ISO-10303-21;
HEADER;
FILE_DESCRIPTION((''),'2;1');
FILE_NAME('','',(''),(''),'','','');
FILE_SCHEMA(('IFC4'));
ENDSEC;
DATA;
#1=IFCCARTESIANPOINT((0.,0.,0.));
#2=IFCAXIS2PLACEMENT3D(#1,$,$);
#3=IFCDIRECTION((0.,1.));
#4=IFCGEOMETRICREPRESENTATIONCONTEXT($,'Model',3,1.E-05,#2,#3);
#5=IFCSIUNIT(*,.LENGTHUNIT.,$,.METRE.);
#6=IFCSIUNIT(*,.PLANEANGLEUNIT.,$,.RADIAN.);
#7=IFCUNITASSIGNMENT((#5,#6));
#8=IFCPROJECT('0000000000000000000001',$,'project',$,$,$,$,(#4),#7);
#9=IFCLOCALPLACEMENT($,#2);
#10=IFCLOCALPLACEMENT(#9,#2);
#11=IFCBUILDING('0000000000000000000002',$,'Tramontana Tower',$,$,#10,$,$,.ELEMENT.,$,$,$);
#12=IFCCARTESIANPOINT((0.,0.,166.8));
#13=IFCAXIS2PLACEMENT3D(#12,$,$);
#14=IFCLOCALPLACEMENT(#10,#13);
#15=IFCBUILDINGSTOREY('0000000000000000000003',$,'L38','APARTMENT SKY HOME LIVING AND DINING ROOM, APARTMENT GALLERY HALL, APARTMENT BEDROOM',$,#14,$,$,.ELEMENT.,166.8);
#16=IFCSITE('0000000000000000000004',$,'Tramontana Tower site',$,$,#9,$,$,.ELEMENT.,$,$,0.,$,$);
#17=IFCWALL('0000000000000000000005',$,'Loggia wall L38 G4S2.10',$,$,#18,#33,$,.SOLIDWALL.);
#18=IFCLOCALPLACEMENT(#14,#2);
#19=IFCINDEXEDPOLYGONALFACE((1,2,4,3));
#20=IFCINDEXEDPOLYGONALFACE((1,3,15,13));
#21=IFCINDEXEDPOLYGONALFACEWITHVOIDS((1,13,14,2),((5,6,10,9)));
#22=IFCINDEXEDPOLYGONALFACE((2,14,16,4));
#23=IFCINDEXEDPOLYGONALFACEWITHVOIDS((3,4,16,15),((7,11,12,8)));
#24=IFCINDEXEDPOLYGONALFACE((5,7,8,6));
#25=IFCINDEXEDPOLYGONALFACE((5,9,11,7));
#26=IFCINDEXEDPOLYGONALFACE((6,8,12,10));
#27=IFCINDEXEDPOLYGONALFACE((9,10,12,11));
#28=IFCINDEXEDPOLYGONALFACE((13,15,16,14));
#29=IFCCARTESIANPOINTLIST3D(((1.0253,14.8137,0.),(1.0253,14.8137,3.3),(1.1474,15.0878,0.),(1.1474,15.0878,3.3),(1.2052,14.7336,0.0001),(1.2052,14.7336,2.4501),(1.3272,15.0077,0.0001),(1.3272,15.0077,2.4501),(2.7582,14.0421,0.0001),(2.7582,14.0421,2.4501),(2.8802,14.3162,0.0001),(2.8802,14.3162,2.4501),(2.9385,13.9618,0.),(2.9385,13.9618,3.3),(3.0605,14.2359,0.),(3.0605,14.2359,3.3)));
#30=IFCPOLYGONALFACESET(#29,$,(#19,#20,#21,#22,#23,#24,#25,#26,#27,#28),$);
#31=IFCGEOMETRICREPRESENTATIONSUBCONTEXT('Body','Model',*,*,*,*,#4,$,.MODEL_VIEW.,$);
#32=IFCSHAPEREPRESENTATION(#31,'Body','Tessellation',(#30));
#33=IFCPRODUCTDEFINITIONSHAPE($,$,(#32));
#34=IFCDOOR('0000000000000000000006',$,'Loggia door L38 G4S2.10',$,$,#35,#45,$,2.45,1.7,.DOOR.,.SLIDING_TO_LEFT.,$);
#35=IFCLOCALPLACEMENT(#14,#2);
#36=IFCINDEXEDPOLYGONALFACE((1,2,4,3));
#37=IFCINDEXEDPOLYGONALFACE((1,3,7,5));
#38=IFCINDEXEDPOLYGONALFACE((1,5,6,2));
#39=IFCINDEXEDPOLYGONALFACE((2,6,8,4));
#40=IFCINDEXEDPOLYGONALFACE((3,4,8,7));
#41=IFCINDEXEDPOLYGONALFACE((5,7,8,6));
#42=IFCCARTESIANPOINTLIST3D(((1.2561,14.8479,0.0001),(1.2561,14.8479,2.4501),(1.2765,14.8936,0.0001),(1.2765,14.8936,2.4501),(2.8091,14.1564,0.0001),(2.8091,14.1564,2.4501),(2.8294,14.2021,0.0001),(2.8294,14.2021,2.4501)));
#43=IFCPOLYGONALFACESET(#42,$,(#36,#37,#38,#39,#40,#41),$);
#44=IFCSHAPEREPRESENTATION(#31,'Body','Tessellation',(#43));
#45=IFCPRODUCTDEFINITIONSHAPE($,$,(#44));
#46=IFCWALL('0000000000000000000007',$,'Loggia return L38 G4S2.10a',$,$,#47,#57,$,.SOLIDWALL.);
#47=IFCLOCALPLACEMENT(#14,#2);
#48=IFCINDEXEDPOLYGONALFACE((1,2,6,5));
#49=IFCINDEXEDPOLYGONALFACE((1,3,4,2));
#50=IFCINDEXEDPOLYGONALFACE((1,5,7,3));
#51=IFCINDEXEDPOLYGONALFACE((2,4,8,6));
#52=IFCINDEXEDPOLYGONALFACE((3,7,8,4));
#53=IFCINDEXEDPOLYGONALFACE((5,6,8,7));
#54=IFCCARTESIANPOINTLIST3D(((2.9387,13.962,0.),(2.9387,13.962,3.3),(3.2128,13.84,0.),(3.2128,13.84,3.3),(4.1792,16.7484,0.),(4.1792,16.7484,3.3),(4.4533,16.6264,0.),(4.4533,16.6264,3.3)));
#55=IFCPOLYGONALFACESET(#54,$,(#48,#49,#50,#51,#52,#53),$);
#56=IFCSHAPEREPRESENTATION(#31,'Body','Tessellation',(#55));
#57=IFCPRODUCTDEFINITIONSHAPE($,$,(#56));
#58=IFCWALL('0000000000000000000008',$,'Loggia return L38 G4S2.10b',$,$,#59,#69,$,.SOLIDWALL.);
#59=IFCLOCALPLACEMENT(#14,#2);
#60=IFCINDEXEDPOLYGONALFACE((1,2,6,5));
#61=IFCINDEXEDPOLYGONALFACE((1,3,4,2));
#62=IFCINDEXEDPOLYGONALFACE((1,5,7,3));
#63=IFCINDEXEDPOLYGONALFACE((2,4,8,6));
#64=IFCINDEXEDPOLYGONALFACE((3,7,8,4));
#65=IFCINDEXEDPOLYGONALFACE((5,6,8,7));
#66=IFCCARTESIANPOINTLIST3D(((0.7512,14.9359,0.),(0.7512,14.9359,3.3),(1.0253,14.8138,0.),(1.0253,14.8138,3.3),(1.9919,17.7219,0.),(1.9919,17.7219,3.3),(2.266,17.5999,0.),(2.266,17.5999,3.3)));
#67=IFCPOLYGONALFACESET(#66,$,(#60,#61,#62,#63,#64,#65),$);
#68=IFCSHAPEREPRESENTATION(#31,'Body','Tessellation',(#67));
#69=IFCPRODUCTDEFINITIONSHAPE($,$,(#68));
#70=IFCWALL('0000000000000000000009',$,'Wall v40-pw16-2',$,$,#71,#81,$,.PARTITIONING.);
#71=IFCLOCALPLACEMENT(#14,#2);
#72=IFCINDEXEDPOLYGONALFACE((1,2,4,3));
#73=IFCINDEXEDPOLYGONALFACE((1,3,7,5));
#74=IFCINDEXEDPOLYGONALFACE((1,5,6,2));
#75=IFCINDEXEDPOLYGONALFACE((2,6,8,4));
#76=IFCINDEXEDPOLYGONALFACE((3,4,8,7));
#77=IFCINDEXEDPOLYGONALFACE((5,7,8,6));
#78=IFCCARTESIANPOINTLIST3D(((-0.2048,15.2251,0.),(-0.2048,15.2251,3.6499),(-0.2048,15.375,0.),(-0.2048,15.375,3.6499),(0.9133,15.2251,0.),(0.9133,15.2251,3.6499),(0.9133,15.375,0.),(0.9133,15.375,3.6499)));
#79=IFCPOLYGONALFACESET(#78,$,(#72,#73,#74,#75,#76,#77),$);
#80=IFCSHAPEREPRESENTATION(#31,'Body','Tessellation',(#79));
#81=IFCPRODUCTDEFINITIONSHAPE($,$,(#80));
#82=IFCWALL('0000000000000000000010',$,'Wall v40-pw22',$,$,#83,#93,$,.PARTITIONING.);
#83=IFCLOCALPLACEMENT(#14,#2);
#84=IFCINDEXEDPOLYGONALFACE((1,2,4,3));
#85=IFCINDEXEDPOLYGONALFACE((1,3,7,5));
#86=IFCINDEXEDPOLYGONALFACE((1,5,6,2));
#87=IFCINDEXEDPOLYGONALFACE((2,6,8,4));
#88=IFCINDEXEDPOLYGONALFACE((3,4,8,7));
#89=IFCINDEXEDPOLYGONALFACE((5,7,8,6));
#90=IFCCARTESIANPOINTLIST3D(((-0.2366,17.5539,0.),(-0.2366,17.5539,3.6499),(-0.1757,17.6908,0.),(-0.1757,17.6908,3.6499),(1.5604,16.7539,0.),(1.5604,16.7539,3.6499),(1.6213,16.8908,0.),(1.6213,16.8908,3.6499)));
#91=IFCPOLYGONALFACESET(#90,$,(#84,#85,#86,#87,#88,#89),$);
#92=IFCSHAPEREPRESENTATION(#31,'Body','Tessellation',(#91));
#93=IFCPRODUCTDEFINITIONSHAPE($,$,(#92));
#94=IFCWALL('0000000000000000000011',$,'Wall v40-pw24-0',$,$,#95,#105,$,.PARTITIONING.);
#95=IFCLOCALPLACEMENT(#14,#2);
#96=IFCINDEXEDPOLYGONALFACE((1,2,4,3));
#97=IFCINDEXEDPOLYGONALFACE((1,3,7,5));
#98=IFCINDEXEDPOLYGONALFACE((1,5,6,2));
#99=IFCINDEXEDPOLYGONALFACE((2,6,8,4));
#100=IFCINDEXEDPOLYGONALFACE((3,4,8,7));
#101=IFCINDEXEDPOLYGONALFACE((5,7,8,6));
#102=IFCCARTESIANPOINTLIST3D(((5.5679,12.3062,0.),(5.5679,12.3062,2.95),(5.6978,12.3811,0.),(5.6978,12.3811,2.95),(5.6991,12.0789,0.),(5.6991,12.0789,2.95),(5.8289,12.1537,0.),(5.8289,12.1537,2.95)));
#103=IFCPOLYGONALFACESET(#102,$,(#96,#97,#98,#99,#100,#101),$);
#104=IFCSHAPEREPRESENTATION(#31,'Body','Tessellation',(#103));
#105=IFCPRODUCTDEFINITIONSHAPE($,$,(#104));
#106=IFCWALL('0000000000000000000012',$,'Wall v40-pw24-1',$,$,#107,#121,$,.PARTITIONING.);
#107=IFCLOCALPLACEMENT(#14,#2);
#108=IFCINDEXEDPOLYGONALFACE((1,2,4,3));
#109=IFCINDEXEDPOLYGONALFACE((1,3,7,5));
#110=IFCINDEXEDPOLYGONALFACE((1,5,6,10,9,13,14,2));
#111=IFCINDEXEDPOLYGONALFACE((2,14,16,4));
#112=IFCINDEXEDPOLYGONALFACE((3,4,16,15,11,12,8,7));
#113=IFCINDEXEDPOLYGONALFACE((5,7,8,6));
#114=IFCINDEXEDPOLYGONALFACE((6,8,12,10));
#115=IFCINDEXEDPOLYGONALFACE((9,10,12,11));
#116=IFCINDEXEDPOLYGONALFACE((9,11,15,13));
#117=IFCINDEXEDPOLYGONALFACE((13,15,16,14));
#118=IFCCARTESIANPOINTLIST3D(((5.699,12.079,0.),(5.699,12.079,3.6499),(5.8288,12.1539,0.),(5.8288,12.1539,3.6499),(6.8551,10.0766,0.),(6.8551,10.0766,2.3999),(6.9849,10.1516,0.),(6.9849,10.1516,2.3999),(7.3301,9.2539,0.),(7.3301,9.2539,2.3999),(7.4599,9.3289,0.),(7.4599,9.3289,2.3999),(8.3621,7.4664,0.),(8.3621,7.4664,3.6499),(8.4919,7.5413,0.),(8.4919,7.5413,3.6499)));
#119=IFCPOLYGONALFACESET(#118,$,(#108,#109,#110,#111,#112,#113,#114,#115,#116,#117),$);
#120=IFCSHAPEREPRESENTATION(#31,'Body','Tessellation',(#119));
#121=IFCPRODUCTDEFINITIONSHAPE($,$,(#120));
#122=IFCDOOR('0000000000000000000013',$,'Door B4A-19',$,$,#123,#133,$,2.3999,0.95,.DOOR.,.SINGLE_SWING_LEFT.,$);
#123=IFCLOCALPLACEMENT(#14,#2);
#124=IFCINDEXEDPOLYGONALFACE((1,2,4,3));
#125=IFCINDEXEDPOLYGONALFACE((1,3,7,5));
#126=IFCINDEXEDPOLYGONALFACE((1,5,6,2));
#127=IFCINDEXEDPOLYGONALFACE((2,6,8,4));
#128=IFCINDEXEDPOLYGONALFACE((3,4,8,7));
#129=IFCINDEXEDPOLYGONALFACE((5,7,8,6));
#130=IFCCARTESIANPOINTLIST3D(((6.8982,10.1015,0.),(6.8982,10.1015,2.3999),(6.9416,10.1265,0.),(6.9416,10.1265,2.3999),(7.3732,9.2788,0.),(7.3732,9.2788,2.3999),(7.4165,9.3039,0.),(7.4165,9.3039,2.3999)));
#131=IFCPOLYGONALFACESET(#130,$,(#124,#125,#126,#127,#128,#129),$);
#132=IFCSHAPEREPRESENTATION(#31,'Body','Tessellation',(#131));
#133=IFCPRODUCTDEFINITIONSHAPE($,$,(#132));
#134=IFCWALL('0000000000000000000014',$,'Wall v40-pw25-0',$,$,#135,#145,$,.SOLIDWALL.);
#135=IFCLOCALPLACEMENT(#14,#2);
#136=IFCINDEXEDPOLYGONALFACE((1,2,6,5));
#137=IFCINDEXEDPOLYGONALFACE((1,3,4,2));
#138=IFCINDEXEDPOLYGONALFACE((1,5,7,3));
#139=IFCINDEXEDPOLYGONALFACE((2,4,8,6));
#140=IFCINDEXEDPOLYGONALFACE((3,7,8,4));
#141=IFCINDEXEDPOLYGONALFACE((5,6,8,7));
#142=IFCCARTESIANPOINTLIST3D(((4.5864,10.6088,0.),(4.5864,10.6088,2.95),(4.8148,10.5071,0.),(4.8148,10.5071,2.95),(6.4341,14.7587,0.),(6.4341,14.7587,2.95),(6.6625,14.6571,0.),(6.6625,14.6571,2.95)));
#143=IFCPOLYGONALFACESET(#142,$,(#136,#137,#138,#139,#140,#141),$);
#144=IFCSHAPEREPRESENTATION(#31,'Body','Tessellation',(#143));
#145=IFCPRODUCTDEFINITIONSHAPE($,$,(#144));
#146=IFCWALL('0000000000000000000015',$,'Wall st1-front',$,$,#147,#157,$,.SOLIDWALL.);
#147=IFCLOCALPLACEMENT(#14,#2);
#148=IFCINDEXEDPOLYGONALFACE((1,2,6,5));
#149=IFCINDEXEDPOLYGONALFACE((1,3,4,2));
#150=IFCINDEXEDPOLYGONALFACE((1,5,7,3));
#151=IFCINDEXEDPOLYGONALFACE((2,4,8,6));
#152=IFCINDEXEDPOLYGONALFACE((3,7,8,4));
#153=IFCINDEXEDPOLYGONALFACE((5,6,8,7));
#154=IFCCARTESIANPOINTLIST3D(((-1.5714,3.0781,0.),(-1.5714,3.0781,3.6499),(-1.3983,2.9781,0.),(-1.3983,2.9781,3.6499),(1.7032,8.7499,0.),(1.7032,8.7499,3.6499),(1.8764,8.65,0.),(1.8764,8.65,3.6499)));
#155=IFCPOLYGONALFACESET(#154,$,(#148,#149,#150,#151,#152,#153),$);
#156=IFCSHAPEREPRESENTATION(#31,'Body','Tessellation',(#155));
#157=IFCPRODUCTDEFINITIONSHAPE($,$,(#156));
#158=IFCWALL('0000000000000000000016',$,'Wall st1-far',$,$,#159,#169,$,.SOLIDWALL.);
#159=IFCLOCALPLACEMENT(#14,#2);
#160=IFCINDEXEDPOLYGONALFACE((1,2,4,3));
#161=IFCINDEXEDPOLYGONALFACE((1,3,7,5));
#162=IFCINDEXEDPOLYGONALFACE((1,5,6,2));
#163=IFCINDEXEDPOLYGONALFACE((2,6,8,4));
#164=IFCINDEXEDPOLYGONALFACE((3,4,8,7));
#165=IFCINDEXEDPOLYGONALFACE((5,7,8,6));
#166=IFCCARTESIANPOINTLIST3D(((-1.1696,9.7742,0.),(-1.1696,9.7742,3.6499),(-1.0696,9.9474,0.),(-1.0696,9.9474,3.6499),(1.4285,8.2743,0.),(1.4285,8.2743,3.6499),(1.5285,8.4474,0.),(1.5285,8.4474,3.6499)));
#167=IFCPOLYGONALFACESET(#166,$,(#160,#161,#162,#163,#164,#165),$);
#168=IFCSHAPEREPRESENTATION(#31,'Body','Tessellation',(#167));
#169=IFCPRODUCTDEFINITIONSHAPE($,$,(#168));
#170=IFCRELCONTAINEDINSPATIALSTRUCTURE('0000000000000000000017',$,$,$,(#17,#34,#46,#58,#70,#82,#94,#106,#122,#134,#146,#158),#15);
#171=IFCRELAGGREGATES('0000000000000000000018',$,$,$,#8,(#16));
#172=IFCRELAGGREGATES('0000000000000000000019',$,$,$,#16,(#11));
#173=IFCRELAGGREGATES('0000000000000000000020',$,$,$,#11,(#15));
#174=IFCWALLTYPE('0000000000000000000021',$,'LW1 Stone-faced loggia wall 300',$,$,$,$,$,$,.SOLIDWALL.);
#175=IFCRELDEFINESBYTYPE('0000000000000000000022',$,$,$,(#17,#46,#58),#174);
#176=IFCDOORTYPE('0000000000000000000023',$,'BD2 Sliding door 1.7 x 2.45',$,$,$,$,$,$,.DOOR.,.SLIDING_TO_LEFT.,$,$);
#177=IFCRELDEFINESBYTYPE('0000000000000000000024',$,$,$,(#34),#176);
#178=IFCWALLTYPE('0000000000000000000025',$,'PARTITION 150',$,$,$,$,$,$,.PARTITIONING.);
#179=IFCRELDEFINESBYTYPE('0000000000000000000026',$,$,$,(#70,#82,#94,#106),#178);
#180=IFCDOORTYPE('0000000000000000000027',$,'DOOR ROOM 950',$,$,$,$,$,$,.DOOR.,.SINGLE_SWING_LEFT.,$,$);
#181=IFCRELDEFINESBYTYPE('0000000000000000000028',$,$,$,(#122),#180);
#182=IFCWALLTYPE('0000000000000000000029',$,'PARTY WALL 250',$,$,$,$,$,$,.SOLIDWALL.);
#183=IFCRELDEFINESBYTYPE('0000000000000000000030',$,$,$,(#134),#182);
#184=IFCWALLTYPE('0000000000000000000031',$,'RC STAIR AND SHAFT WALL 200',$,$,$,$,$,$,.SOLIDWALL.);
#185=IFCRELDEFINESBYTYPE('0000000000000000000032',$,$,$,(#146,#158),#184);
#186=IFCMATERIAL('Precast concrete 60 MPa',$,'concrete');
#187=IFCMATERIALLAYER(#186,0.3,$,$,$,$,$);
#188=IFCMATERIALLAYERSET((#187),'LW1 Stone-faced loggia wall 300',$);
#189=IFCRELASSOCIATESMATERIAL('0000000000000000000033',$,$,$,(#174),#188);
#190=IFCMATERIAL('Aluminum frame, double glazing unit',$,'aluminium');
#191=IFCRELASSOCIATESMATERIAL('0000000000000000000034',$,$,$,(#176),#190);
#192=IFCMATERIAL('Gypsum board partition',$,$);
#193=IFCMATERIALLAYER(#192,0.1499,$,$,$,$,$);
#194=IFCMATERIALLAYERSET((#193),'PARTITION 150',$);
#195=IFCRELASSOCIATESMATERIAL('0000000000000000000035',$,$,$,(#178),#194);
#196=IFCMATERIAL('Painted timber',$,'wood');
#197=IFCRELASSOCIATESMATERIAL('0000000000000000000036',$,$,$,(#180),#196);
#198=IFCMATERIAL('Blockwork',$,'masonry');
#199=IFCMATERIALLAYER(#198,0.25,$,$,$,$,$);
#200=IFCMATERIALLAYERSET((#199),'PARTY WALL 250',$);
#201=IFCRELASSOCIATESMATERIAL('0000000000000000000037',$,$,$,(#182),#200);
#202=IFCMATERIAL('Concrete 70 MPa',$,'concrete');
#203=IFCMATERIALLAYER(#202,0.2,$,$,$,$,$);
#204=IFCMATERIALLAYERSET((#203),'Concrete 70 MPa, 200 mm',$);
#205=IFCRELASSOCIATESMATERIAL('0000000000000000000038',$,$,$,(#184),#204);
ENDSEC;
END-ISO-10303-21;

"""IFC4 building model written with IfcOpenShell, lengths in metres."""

from ifc_helpers import new_model, si_unit, direction, frame, frame_2d, origin, place, context, subcontext, project, spatial, rectangle, extrude, material, layer, layer_set, type_object, element, fill, save


model = new_model("IFC4")

# Units and contexts
model_context = context("Model", 3, precision=1e-05, world=origin(), true_north=direction((0.0, 1.0)))
body_context = subcontext(model_context, "Body", "Model", "MODEL_VIEW")
ifc_project = project(units=[si_unit("LENGTHUNIT", "METRE"), si_unit("PLANEANGLEUNIT", "RADIAN")], contexts=[model_context])

# Site, building, storey
site_placement = place(None, origin())
site = spatial("IfcSite", under=ifc_project, at=site_placement, Name="Tramontana Tower site", CompositionType="ELEMENT", RefElevation=0.0)
building_placement = place(site_placement, origin())
building = spatial("IfcBuilding", under=site, at=building_placement, Name="Tramontana Tower", CompositionType="ELEMENT")
storey_placement = place(building_placement, frame((0.0, 0.0, 166.8)))
storey = spatial("IfcBuildingStorey", under=building, at=storey_placement, Name="L38", Description="APARTMENT SKY HOME LIVING AND DINING ROOM, APARTMENT GALLERY HALL, APARTMENT BEDROOM", CompositionType="ELEMENT", Elevation=166.8)

# Wall, opening, door
ifc_material_1 = material(Name="Precast concrete 60 MPa", Category="concrete")
ifc_layer_1 = layer(ifc_material_1, 0.3)
ifc_layer_set_1 = layer_set([ifc_layer_1], Name="LW1 Stone-faced loggia wall 300")
wall_type_1 = type_object("IfcWallType", Name="LW1 Stone-faced loggia wall 300", PredefinedType="SOLIDWALL", material=ifc_layer_set_1)
wall_1_placement = place(storey_placement, frame((2.9995, 14.0989, 0.0), z_axis=(0.0, 0.0, 1.0), x_axis=(-0.913537, 0.406755, 0.0)))
wall_1 = element("IfcWall", 1, at=wall_1_placement, inside=storey, type_object=wall_type_1, Name="Loggia wall L38 G4S2.10", PredefinedType="SOLIDWALL", context=body_context, shape_type="SweptSolid", body=[
    extrude(rectangle(XDim=2.0942, YDim=0.3, at=frame_2d((1.0471, 0.0))), origin(), (0.0, 0.0, 1.0), 3.3),
])
opening_1_placement = place(wall_1_placement, frame((0.1973, 0.0, 0.0)))
opening_1 = element("IfcOpeningElement", 2, at=opening_1_placement, cuts=wall_1, PredefinedType="OPENING", context=body_context, shape_type="SweptSolid", body=[
    extrude(rectangle(XDim=1.7, YDim=2.45, at=frame_2d((0.8501, 1.2251))), frame((0.0, 0.1599, 0.0), z_axis=(0.0, -1.0, 0.0), x_axis=(1.0, 0.0, 0.0)), (0.0, 0.0, 1.0), 0.3201),
])
ifc_material_2 = material(Name="Aluminum frame, double glazing unit", Category="aluminium")
door_type_1 = type_object("IfcDoorType", Name="BD2 Sliding door 1.7 x 2.45", OperationType="SLIDING_TO_LEFT", PredefinedType="DOOR", material=ifc_material_2)
door_1_placement = place(opening_1_placement, origin())
door_1 = element("IfcDoor", 3, at=door_1_placement, inside=storey, type_object=door_type_1, Name="Loggia door L38 G4S2.10", OperationType="SLIDING_TO_LEFT", OverallHeight=2.45, OverallWidth=1.7, PredefinedType="DOOR", context=body_context, shape_type="SweptSolid", body=[
    extrude(rectangle(XDim=1.7, YDim=2.45, at=frame_2d((0.8501, 1.2251))), frame((0.0, 0.0249, 0.0), z_axis=(0.0, -1.0, 0.0), x_axis=(1.0, 0.0, 0.0)), (0.0, 0.0, 1.0), 0.05),
])
fill(opening_1, door_1)

# Walls
wall_2_placement = place(storey_placement, frame((4.3162, 16.6873, 0.0), z_axis=(0.0, 0.0, 1.0), x_axis=(-0.40671, -0.913557, 0.0)))
element("IfcWall", 4, at=wall_2_placement, inside=storey, type_object=wall_type_1, Name="Loggia return L38 G4S2.10a", PredefinedType="SOLIDWALL", context=body_context, shape_type="SweptSolid", body=[
    extrude(rectangle(XDim=3.05, YDim=0.3, at=frame_2d((1.5249, 0.0))), origin(), (0.0, 0.0, 1.0), 3.3),
])
wall_3_placement = place(storey_placement, frame((2.1289, 17.6609, 0.0), z_axis=(0.0, 0.0, 1.0), x_axis=(-0.406807, -0.913514, 0.0)))
element("IfcWall", 5, at=wall_3_placement, inside=storey, type_object=wall_type_1, Name="Loggia return L38 G4S2.10b", PredefinedType="SOLIDWALL", context=body_context, shape_type="SweptSolid", body=[
    extrude(rectangle(XDim=3.0498, YDim=0.3, at=frame_2d((1.5249, 0.0))), origin(), (0.0, 0.0, 1.0), 3.3),
])
ifc_material_3 = material(Name="Gypsum board partition")
ifc_layer_2 = layer(ifc_material_3, 0.1499)
ifc_layer_set_2 = layer_set([ifc_layer_2], Name="PARTITION 150")
wall_type_2 = type_object("IfcWallType", Name="PARTITION 150", PredefinedType="PARTITIONING", material=ifc_layer_set_2)
wall_4_placement = place(storey_placement, frame((-0.2048, 15.3, 0.0), z_axis=(0.0, 0.0, 1.0), x_axis=(1.0, 0.0, 0.0)))
element("IfcWall", 6, at=wall_4_placement, inside=storey, type_object=wall_type_2, Name="Wall v40-pw16-2", PredefinedType="PARTITIONING", context=body_context, shape_type="SweptSolid", body=[
    extrude(rectangle(XDim=1.1182, YDim=0.1499, at=frame_2d((0.5591, 0.0))), origin(), (0.0, 0.0, 1.0), 3.6499),
])
wall_5_placement = place(storey_placement, frame((-0.2061, 17.6223, 0.0), z_axis=(0.0, 0.0, 1.0), x_axis=(0.913561, -0.406703, 0.0)))
element("IfcWall", 7, at=wall_5_placement, inside=storey, type_object=wall_type_2, Name="Wall v40-pw22", PredefinedType="PARTITIONING", context=body_context, shape_type="SweptSolid", body=[
    extrude(rectangle(XDim=1.967, YDim=0.1499, at=frame_2d((0.9834, 0.0))), origin(), (0.0, 0.0, 1.0), 3.6499),
])
wall_6_placement = place(storey_placement, frame((5.6328, 12.3438, 0.0), z_axis=(0.0, 0.0, 1.0), x_axis=(0.499642, -0.866232, 0.0)))
element("IfcWall", 8, at=wall_6_placement, inside=storey, type_object=wall_type_2, Name="Wall v40-pw24-0", PredefinedType="PARTITIONING", context=body_context, shape_type="SweptSolid", body=[
    extrude(rectangle(XDim=0.2625, YDim=0.1499, at=frame_2d((0.1313, 0.0))), origin(), (0.0, 0.0, 1.0), 2.95),
])

# Wall, opening, door
wall_7_placement = place(storey_placement, frame((5.7639, 12.1165, 0.0), z_axis=(0.0, 0.0, 1.0), x_axis=(0.500004, -0.866023, 0.0)))
wall_7 = element("IfcWall", 9, at=wall_7_placement, inside=storey, type_object=wall_type_2, Name="Wall v40-pw24-1", PredefinedType="PARTITIONING", context=body_context, shape_type="SweptSolid", body=[
    extrude(rectangle(XDim=5.3262, YDim=0.1499, at=frame_2d((2.6631, 0.0))), origin(), (0.0, 0.0, 1.0), 3.6499),
])
opening_2_placement = place(wall_7_placement, frame((2.312, 0.0, 0.0)))
opening_2 = element("IfcOpeningElement", 10, at=opening_2_placement, cuts=wall_7, PredefinedType="OPENING", context=body_context, shape_type="SweptSolid", body=[
    extrude(rectangle(XDim=0.95, YDim=2.3999, at=frame_2d((0.4751, 1.2))), frame((0.0, 0.085, 0.0), z_axis=(0.0, -1.0, 0.0), x_axis=(1.0, 0.0, 0.0)), (0.0, 0.0, 1.0), 0.1699),
])
ifc_material_4 = material(Name="Painted timber", Category="wood")
door_type_2 = type_object("IfcDoorType", Name="DOOR ROOM 950", OperationType="SINGLE_SWING_LEFT", PredefinedType="DOOR", material=ifc_material_4)
door_2_placement = place(opening_2_placement, origin())
door_2 = element("IfcDoor", 11, at=door_2_placement, inside=storey, type_object=door_type_2, Name="Door B4A-19", OperationType="SINGLE_SWING_LEFT", OverallHeight=2.3999, OverallWidth=0.95, PredefinedType="DOOR", context=body_context, shape_type="SweptSolid", body=[
    extrude(rectangle(XDim=0.95, YDim=2.3999, at=frame_2d((0.4751, 1.2))), frame((0.0, 0.0249, 0.0), z_axis=(0.0, -1.0, 0.0), x_axis=(1.0, 0.0, 0.0)), (0.0, 0.0, 1.0), 0.05),
])
fill(opening_2, door_2)

# Walls
ifc_material_5 = material(Name="Blockwork", Category="masonry")
ifc_layer_3 = layer(ifc_material_5, 0.25)
ifc_layer_set_3 = layer_set([ifc_layer_3], Name="PARTY WALL 250")
wall_type_3 = type_object("IfcWallType", Name="PARTY WALL 250", PredefinedType="SOLIDWALL", material=ifc_layer_set_3)
wall_8_placement = place(storey_placement, frame((6.5483, 14.708, 0.0), z_axis=(0.0, 0.0, 1.0), x_axis=(-0.406737, -0.913545, 0.0)))
element("IfcWall", 12, at=wall_8_placement, inside=storey, type_object=wall_type_3, Name="Wall v40-pw25-0", PredefinedType="SOLIDWALL", context=body_context, shape_type="SweptSolid", body=[
    extrude(rectangle(XDim=4.5427, YDim=0.25, at=frame_2d((2.2715, 0.0))), origin(), (0.0, 0.0, 1.0), 2.95),
])
ifc_material_6 = material(Name="Concrete 70 MPa", Category="concrete")
ifc_layer_4 = layer(ifc_material_6, 0.2)
ifc_layer_set_4 = layer_set([ifc_layer_4], Name="Concrete 70 MPa, 200 mm")
wall_type_4 = type_object("IfcWallType", Name="RC STAIR AND SHAFT WALL 200", PredefinedType="SOLIDWALL", material=ifc_layer_set_4)
wall_9_placement = place(storey_placement, frame((1.7898, 8.7, 0.0), z_axis=(0.0, 0.0, 1.0), x_axis=(-0.5, -0.866025, 0.0)))
element("IfcWall", 13, at=wall_9_placement, inside=storey, type_object=wall_type_4, Name="Wall st1-front", PredefinedType="SOLIDWALL", context=body_context, shape_type="SweptSolid", body=[
    extrude(rectangle(XDim=6.5493, YDim=0.2, at=frame_2d((3.2747, 0.0))), origin(), (0.0, 0.0, 1.0), 3.6499),
])
wall_10_placement = place(storey_placement, frame((1.4785, 8.3608, 0.0), z_axis=(0.0, 0.0, 1.0), x_axis=(-0.866031, 0.49999, 0.0)))
element("IfcWall", 14, at=wall_10_placement, inside=storey, type_object=wall_type_4, Name="Wall st1-far", PredefinedType="SOLIDWALL", context=body_context, shape_type="SweptSolid", body=[
    extrude(rectangle(XDim=3.0, YDim=0.2, at=frame_2d((1.5, 0.0))), origin(), (0.0, 0.0, 1.0), 3.6499),
])

save(model, "model.ifc")
